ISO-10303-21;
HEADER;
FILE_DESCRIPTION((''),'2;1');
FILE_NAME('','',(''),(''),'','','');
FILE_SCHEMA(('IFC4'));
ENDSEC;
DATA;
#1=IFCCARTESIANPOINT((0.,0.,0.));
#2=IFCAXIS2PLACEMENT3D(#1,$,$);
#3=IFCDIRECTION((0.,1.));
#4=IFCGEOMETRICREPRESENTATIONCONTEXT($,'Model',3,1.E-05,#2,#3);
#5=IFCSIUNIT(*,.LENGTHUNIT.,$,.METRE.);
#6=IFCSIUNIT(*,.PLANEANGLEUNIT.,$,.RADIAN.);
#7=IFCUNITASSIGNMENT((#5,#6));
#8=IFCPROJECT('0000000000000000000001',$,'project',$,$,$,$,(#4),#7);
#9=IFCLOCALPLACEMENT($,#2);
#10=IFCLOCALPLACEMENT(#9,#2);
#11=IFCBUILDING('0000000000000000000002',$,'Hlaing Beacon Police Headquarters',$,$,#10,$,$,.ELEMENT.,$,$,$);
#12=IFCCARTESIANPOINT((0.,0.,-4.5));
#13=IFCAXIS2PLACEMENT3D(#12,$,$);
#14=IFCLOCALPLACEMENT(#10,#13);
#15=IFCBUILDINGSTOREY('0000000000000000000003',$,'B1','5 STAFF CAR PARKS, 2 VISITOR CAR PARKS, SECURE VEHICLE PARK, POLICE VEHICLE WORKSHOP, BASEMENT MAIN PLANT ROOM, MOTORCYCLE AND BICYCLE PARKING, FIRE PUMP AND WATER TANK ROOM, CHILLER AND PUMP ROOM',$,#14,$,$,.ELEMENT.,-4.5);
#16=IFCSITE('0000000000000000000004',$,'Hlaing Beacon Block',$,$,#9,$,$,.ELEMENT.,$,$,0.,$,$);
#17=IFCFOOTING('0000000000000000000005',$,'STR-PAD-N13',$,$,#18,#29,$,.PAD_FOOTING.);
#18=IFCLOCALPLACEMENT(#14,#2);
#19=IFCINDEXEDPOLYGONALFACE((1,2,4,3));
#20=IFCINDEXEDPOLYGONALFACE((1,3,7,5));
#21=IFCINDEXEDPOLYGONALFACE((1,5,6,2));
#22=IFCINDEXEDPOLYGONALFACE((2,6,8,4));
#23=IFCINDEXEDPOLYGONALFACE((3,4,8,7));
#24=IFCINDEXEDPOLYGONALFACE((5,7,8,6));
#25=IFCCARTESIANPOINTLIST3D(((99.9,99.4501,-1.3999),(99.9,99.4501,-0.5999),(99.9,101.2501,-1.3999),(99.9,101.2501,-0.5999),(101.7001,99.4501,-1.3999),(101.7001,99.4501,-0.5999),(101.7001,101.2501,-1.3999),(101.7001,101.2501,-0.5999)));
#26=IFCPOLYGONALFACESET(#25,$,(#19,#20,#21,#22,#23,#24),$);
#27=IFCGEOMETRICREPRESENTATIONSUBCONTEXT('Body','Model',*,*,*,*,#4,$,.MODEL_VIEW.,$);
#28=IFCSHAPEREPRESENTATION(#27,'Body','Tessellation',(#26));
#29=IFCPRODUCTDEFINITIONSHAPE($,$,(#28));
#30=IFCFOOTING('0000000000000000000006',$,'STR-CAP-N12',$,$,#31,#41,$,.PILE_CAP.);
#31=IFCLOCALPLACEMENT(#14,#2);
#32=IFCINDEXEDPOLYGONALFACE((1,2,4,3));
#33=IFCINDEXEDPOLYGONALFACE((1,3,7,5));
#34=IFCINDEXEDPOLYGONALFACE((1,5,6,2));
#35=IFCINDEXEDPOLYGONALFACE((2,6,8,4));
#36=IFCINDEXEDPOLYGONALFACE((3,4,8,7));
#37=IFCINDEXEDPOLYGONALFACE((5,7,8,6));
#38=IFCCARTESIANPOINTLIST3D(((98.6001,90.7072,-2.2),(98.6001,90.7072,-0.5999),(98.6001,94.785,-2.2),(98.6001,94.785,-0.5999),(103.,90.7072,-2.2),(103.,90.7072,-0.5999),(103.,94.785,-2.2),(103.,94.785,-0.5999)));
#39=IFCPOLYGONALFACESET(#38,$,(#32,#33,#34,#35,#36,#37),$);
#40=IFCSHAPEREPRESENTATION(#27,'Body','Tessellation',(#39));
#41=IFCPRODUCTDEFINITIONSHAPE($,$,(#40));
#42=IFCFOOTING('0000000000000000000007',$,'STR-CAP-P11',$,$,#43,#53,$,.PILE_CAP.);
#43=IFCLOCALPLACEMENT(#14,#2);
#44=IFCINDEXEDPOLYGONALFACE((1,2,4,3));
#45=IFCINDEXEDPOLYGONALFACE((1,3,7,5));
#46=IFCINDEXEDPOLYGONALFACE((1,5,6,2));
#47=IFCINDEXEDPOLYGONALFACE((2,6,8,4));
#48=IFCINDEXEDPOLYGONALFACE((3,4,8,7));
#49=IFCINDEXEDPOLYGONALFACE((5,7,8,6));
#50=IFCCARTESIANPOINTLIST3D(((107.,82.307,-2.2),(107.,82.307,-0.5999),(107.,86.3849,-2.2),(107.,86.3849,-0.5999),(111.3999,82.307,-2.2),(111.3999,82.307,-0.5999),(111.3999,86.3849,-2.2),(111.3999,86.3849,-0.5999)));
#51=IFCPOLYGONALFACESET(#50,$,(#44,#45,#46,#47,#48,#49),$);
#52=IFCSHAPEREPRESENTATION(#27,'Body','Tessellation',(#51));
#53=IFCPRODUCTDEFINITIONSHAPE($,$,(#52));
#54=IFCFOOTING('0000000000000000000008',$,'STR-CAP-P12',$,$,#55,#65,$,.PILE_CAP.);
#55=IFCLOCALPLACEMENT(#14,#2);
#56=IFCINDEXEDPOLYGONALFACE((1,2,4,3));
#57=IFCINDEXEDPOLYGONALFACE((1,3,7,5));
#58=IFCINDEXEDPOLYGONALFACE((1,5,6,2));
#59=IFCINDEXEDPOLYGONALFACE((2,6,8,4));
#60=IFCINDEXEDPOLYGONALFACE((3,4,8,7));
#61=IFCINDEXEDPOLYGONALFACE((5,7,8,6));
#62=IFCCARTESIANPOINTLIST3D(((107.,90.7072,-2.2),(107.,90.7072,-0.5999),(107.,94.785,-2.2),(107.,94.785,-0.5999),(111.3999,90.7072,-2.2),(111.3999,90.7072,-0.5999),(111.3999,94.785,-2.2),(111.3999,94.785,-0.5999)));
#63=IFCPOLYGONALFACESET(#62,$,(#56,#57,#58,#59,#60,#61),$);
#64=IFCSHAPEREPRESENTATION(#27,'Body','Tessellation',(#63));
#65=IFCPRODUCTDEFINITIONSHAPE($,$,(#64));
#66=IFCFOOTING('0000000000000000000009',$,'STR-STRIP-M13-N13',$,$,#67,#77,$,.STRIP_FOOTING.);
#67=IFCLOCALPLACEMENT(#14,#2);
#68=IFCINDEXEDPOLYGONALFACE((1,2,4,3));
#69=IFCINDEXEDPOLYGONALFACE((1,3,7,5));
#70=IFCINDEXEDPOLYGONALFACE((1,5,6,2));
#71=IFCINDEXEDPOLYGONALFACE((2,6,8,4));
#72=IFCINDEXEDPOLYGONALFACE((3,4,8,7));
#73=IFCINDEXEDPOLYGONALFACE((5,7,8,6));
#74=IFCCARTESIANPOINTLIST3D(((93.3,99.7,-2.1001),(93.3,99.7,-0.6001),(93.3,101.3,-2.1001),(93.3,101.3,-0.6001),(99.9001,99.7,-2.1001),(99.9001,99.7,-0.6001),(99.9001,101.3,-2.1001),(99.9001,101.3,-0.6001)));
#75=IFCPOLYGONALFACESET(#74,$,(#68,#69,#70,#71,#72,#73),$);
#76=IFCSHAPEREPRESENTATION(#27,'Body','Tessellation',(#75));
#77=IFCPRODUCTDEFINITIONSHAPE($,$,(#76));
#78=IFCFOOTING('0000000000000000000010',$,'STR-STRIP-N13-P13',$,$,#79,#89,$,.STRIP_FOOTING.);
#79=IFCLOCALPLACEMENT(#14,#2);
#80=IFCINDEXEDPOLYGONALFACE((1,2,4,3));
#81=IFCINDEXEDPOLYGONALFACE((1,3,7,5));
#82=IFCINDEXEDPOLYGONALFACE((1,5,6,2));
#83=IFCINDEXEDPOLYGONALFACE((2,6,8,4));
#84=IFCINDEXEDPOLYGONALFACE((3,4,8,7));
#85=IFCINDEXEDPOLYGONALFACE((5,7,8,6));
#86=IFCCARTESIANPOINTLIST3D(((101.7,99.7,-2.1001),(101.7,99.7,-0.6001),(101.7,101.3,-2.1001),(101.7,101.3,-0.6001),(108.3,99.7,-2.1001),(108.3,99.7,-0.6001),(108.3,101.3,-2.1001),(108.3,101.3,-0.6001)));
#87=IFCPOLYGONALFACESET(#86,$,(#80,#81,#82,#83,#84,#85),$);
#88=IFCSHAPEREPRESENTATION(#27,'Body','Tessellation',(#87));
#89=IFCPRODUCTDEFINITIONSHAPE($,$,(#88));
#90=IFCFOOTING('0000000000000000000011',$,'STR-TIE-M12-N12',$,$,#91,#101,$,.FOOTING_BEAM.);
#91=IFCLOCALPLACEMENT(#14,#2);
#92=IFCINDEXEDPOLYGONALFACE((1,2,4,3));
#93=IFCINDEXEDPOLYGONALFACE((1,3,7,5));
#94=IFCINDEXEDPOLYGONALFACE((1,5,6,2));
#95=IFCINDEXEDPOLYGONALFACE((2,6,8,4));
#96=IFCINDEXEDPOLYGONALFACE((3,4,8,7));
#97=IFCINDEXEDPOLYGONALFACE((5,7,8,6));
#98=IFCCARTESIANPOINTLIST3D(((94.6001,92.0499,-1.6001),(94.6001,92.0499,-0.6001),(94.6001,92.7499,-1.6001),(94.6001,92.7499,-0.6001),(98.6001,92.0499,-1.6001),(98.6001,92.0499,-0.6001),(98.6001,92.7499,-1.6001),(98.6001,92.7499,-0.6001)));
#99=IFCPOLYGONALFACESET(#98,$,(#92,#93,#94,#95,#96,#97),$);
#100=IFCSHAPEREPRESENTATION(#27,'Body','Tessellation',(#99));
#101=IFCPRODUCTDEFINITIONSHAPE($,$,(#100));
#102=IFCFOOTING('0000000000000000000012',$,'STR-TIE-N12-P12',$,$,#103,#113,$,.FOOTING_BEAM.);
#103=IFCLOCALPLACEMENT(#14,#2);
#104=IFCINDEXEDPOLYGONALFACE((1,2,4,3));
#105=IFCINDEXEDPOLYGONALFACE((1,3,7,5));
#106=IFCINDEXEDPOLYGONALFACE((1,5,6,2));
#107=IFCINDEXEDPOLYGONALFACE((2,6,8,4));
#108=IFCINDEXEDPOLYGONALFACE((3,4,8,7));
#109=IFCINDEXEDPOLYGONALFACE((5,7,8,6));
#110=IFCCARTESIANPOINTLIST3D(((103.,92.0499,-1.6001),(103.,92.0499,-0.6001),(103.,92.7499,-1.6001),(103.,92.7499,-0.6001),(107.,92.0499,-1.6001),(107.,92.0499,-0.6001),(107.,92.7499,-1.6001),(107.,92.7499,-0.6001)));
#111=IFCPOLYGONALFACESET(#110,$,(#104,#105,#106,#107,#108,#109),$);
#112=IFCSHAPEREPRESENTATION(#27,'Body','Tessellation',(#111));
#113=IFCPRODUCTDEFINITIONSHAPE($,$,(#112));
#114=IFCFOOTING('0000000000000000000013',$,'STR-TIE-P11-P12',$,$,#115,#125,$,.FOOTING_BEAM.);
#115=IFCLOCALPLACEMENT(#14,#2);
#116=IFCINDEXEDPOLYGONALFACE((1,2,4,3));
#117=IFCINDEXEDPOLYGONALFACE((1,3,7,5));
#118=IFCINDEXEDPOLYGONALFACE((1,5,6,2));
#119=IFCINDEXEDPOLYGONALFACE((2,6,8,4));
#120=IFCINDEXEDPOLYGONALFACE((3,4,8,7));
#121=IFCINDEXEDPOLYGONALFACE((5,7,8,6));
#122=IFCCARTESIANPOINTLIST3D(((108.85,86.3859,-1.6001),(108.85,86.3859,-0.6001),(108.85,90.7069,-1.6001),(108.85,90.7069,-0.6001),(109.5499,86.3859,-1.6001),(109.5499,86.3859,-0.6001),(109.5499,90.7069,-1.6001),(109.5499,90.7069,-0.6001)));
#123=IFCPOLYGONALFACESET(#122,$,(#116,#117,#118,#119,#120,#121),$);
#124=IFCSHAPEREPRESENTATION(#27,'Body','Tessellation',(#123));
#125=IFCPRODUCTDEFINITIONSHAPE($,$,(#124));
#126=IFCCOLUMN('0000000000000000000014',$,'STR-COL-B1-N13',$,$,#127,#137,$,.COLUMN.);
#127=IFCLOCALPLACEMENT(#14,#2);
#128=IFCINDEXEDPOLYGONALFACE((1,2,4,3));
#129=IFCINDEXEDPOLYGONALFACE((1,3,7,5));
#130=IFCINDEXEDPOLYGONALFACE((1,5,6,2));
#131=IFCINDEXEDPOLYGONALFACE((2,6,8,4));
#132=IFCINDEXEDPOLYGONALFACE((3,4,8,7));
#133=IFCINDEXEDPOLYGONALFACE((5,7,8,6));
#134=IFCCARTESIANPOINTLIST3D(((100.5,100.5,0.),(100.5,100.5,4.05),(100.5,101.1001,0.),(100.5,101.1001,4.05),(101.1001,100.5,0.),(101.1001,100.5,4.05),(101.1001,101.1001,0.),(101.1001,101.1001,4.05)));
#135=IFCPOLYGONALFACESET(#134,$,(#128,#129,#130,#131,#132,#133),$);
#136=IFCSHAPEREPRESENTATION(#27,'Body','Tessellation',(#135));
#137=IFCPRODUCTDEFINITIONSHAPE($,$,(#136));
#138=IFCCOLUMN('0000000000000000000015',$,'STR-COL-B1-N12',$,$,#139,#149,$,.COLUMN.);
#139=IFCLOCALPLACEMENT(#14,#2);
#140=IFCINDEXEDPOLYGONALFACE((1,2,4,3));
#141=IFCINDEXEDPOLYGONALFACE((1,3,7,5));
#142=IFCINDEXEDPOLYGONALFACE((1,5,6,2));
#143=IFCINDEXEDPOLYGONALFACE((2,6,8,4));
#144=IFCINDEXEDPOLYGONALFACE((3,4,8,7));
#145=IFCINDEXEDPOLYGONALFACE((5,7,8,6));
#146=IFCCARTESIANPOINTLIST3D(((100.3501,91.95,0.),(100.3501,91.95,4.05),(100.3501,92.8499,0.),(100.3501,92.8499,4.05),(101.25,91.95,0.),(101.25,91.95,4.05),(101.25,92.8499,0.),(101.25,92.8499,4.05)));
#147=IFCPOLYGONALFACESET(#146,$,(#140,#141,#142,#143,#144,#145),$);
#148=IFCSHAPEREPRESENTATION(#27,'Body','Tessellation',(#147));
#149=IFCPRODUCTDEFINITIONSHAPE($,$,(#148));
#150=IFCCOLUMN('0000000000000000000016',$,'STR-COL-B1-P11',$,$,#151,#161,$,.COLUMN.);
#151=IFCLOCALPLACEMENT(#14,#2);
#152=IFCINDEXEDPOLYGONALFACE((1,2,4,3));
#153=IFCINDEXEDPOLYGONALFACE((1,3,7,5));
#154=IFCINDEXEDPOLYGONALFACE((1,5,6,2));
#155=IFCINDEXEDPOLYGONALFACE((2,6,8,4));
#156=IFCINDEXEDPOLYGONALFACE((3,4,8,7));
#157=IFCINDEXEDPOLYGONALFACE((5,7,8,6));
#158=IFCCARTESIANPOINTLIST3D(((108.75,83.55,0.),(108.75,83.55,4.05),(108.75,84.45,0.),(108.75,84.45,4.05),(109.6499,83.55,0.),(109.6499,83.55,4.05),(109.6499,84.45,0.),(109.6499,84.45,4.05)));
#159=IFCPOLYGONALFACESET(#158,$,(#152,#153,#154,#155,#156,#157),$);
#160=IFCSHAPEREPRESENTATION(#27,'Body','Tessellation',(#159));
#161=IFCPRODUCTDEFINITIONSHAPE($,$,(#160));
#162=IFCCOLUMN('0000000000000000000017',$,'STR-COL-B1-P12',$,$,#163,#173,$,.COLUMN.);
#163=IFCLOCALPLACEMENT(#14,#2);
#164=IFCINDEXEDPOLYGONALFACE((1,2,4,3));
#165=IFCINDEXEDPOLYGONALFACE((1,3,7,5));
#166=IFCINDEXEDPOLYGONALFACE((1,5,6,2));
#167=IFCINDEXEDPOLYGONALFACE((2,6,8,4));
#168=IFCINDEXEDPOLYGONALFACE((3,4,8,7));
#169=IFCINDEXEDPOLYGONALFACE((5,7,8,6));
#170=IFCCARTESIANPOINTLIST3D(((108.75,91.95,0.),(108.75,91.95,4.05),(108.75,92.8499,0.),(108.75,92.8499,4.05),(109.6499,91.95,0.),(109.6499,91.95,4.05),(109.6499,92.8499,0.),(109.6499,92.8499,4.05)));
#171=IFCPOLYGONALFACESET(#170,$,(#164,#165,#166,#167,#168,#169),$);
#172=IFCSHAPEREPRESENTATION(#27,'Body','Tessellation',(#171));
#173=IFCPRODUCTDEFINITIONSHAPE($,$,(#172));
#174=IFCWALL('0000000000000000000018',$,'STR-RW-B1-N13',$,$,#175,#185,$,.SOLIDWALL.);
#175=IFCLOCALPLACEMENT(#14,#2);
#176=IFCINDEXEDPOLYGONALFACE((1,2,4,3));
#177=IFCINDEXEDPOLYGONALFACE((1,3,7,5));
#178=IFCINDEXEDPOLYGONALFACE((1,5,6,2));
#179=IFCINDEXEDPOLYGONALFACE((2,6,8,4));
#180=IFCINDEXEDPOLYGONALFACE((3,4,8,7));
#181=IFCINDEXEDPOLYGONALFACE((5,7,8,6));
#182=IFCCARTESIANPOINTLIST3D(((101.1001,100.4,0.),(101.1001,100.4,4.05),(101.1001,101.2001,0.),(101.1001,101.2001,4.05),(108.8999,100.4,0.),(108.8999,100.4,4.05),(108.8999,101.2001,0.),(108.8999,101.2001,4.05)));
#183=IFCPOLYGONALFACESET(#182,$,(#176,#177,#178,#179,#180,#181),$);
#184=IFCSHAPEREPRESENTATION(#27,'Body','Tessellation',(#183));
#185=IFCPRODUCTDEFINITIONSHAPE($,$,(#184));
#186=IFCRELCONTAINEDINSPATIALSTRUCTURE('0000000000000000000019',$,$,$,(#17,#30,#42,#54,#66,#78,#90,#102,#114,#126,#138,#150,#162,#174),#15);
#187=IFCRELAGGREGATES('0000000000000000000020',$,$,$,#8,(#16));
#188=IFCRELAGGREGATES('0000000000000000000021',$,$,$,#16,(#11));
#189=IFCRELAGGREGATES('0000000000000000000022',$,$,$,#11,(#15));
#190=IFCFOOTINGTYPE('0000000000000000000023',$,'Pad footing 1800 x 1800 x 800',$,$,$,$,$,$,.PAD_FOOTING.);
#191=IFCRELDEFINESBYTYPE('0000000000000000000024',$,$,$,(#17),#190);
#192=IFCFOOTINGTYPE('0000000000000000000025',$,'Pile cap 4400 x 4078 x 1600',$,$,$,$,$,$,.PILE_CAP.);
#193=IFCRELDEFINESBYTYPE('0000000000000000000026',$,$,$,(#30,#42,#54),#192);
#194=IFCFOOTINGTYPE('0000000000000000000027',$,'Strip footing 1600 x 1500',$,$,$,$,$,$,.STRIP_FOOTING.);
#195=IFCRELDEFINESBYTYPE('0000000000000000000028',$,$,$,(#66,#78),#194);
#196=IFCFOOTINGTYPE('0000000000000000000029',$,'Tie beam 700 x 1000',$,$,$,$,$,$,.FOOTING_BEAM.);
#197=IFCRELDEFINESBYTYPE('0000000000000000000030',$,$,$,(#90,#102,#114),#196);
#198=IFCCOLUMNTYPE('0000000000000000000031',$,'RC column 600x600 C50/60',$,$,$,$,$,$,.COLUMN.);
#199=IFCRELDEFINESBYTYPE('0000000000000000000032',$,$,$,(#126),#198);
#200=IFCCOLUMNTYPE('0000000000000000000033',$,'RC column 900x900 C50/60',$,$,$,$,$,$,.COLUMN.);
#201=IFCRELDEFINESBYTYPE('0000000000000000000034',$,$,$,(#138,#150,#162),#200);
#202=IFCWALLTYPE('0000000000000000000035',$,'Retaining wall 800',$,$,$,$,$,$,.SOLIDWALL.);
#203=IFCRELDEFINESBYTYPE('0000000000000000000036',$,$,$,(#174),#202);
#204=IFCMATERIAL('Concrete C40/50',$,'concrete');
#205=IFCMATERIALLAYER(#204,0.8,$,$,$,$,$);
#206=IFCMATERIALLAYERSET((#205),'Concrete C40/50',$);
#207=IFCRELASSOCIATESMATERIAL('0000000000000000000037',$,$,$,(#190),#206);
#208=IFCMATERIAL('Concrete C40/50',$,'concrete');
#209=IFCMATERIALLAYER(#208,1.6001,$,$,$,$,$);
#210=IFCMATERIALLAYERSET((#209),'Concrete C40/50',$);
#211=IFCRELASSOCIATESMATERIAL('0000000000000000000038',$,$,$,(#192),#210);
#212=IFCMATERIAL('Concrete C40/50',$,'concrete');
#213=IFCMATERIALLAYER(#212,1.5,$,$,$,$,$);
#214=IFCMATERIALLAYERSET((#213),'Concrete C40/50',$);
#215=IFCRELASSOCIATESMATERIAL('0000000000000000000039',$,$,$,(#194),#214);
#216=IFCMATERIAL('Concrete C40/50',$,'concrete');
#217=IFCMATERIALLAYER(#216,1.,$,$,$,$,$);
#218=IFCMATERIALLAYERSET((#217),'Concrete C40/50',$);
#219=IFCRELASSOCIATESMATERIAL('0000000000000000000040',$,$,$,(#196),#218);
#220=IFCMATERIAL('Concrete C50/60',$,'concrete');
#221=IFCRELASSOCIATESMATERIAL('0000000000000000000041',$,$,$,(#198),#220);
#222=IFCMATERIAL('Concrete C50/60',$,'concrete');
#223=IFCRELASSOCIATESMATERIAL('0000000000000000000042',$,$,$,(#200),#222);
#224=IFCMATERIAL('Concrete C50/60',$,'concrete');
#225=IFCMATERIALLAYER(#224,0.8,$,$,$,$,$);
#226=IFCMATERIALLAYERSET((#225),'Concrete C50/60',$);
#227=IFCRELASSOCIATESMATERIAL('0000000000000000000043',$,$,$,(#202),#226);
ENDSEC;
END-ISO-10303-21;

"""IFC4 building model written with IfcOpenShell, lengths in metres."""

from ifc_helpers import new_model, si_unit, direction, frame, frame_2d, origin, origin_2d, place, context, subcontext, project, spatial, rectangle, extrude, material, layer, layer_set, material_profile, profile_set, type_object, element, save


model = new_model("IFC4")

# Units and contexts
model_context = context("Model", 3, precision=1e-05, world=origin(), true_north=direction((0.0, 1.0)))
body_context = subcontext(model_context, "Body", "Model", "MODEL_VIEW")
ifc_project = project(units=[si_unit("LENGTHUNIT", "METRE"), si_unit("PLANEANGLEUNIT", "RADIAN")], contexts=[model_context])

# Site, building, storey
site_placement = place(None, origin())
site = spatial("IfcSite", under=ifc_project, at=site_placement, Name="Hlaing Beacon Block", CompositionType="ELEMENT", RefElevation=0.0)
building_placement = place(site_placement, origin())
building = spatial("IfcBuilding", under=site, at=building_placement, Name="Hlaing Beacon Police Headquarters", CompositionType="ELEMENT")
storey_placement = place(building_placement, frame((0.0, 0.0, -4.5)))
storey = spatial("IfcBuildingStorey", under=building, at=storey_placement, Name="B1", Description="5 STAFF CAR PARKS, 2 VISITOR CAR PARKS, SECURE VEHICLE PARK, POLICE VEHICLE WORKSHOP, BASEMENT MAIN PLANT ROOM, MOTORCYCLE AND BICYCLE PARKING, FIRE PUMP AND WATER TANK ROOM, CHILLER AND PUMP ROOM", CompositionType="ELEMENT", Elevation=-4.5)

# Footings
ifc_material_1 = material(Name="Concrete C40/50", Category="concrete")
ifc_layer_1 = layer(ifc_material_1, 0.8)
ifc_layer_set_1 = layer_set([ifc_layer_1], Name="Concrete C40/50")
footing_type_1 = type_object("IfcFootingType", Name="Pad footing 1800 x 1800 x 800", PredefinedType="PAD_FOOTING", material=ifc_layer_set_1)
footing_1_placement = place(storey_placement, frame((100.8, 100.3501, -1.3999), z_axis=(0.0, 0.0, 1.0), x_axis=(1.0, 0.0, 0.0)))
element("IfcFooting", 1, at=footing_1_placement, inside=storey, type_object=footing_type_1, Name="STR-PAD-N13", PredefinedType="PAD_FOOTING", context=body_context, shape_type="SweptSolid", body=[
    extrude(rectangle(XDim=1.8, YDim=1.8, at=origin_2d()), origin(), (0.0, 0.0, 1.0), 0.8),
])
ifc_material_2 = material(Name="Concrete C40/50", Category="concrete")
ifc_layer_2 = layer(ifc_material_2, 1.6001)
ifc_layer_set_2 = layer_set([ifc_layer_2], Name="Concrete C40/50")
footing_type_2 = type_object("IfcFootingType", Name="Pile cap 4400 x 4078 x 1600", PredefinedType="PILE_CAP", material=ifc_layer_set_2)
for number, where, z_axis, x_axis, name in (
    (2, (100.8, 92.7461, -2.2), (0.0, 0.0, 1.0), (1.0, 0.0, 0.0), "STR-CAP-N12"),
    (3, (109.2, 84.3459, -2.2), (0.0, 0.0, 1.0), (1.0, 0.0, 0.0), "STR-CAP-P11"),
    (4, (109.2, 92.7461, -2.2), (0.0, 0.0, 1.0), (1.0, 0.0, 0.0), "STR-CAP-P12"),
):
    element("IfcFooting", number, at=place(storey_placement, frame(where, z_axis=z_axis, x_axis=x_axis)), inside=storey, type_object=footing_type_2, Name=name, PredefinedType="PILE_CAP", context=body_context, shape_type="SweptSolid", body=[
        extrude(rectangle(XDim=4.3999, YDim=4.0779, at=origin_2d()), origin(), (0.0, 0.0, 1.0), 1.6001),
    ])
ifc_material_3 = material(Name="Concrete C40/50", Category="concrete")
ifc_layer_3 = layer(ifc_material_3, 1.5)
ifc_layer_set_3 = layer_set([ifc_layer_3], Name="Concrete C40/50")
footing_type_3 = type_object("IfcFootingType", Name="Strip footing 1600 x 1500", PredefinedType="STRIP_FOOTING", material=ifc_layer_set_3)
for number, where, z_axis, x_axis, name in (
    (5, (96.6001, 100.5, -2.1001), (0.0, 0.0, 1.0), (1.0, 0.0, 0.0), "STR-STRIP-M13-N13"),
    (6, (105.0, 100.5, -2.1001), (0.0, 0.0, 1.0), (1.0, 0.0, 0.0), "STR-STRIP-N13-P13"),
):
    element("IfcFooting", number, at=place(storey_placement, frame(where, z_axis=z_axis, x_axis=x_axis)), inside=storey, type_object=footing_type_3, Name=name, PredefinedType="STRIP_FOOTING", context=body_context, shape_type="SweptSolid", body=[
        extrude(rectangle(XDim=6.6001, YDim=1.6001, at=origin_2d()), origin(), (0.0, 0.0, 1.0), 1.5),
    ])
ifc_material_4 = material(Name="Concrete C40/50", Category="concrete")
ifc_layer_4 = layer(ifc_material_4, 1.0)
ifc_layer_set_4 = layer_set([ifc_layer_4], Name="Concrete C40/50")
footing_type_4 = type_object("IfcFootingType", Name="Tie beam 700 x 1000", PredefinedType="FOOTING_BEAM", material=ifc_layer_set_4)
for number, where, z_axis, x_axis, name in (
    (7, (96.6001, 92.3999, -1.6001), (0.0, 0.0, 1.0), (1.0, 0.0, 0.0), "STR-TIE-M12-N12"),
    (8, (105.0, 92.3999, -1.6001), (0.0, 0.0, 1.0), (1.0, 0.0, 0.0), "STR-TIE-N12-P12"),
):
    element("IfcFooting", number, at=place(storey_placement, frame(where, z_axis=z_axis, x_axis=x_axis)), inside=storey, type_object=footing_type_4, Name=name, PredefinedType="FOOTING_BEAM", context=body_context, shape_type="SweptSolid", body=[
        extrude(rectangle(XDim=4.0, YDim=0.7, at=origin_2d()), origin(), (0.0, 0.0, 1.0), 1.0),
    ])
footing_2_placement = place(storey_placement, frame((109.2, 88.5464, -1.6001), z_axis=(0.0, 0.0, 1.0), x_axis=(1.0, 0.0, 0.0)))
element("IfcFooting", 9, at=footing_2_placement, inside=storey, type_object=footing_type_4, Name="STR-TIE-P11-P12", PredefinedType="FOOTING_BEAM", context=body_context, shape_type="SweptSolid", body=[
    extrude(rectangle(XDim=0.7, YDim=4.321, at=origin_2d()), origin(), (0.0, 0.0, 1.0), 1.0),
])

# Columns
ifc_material_5 = material(Name="Concrete C50/60", Category="concrete")
ifc_material_profile_1 = material_profile(ifc_material_5, rectangle(XDim=0.6001, YDim=0.6001, at=origin_2d()), Name="600x600")
ifc_profile_set_1 = profile_set([ifc_material_profile_1], Name="Concrete C50/60")
column_type_1 = type_object("IfcColumnType", Name="RC column 600x600 C50/60", PredefinedType="COLUMN", material=ifc_profile_set_1)
column_placement = place(storey_placement, frame((100.8, 100.8, 0.0), z_axis=(0.0, 0.0, 1.0), x_axis=(1.0, 0.0, 0.0)))
element("IfcColumn", 10, at=column_placement, inside=storey, type_object=column_type_1, Name="STR-COL-B1-N13", PredefinedType="COLUMN", context=body_context, shape_type="SweptSolid", body=[
    extrude(rectangle(XDim=0.6001, YDim=0.6001, at=origin_2d()), origin(), (0.0, 0.0, 1.0), 4.05),
])
ifc_material_6 = material(Name="Concrete C50/60", Category="concrete")
ifc_material_profile_2 = material_profile(ifc_material_6, rectangle(XDim=0.8999, YDim=0.8999, at=origin_2d()), Name="900x900")
ifc_profile_set_2 = profile_set([ifc_material_profile_2], Name="Concrete C50/60")
column_type_2 = type_object("IfcColumnType", Name="RC column 900x900 C50/60", PredefinedType="COLUMN", material=ifc_profile_set_2)
for number, where, z_axis, x_axis, name in (
    (11, (100.8, 92.3999, 0.0), (0.0, 0.0, 1.0), (1.0, 0.0, 0.0), "STR-COL-B1-N12"),
    (12, (109.2, 84.0, 0.0), (0.0, 0.0, 1.0), (1.0, 0.0, 0.0), "STR-COL-B1-P11"),
    (13, (109.2, 92.3999, 0.0), (0.0, 0.0, 1.0), (1.0, 0.0, 0.0), "STR-COL-B1-P12"),
):
    element("IfcColumn", number, at=place(storey_placement, frame(where, z_axis=z_axis, x_axis=x_axis)), inside=storey, type_object=column_type_2, Name=name, PredefinedType="COLUMN", context=body_context, shape_type="SweptSolid", body=[
        extrude(rectangle(XDim=0.8999, YDim=0.8999, at=origin_2d()), origin(), (0.0, 0.0, 1.0), 4.05),
    ])

# Wall
ifc_material_7 = material(Name="Concrete C50/60", Category="concrete")
ifc_layer_5 = layer(ifc_material_7, 0.8)
ifc_layer_set_5 = layer_set([ifc_layer_5], Name="Concrete C50/60")
wall_type_1 = type_object("IfcWallType", Name="Retaining wall 800", PredefinedType="SOLIDWALL", material=ifc_layer_set_5)
wall_1_placement = place(storey_placement, frame((101.1001, 100.8, 0.0), z_axis=(0.0, 0.0, 1.0), x_axis=(1.0, 0.0, 0.0)))
element("IfcWall", 14, at=wall_1_placement, inside=storey, type_object=wall_type_1, Name="STR-RW-B1-N13", PredefinedType="SOLIDWALL", context=body_context, shape_type="SweptSolid", body=[
    extrude(rectangle(XDim=7.7998, YDim=0.8, at=frame_2d((3.8999, 0.0))), origin(), (0.0, 0.0, 1.0), 4.05),
])

save(model, "model.ifc")
